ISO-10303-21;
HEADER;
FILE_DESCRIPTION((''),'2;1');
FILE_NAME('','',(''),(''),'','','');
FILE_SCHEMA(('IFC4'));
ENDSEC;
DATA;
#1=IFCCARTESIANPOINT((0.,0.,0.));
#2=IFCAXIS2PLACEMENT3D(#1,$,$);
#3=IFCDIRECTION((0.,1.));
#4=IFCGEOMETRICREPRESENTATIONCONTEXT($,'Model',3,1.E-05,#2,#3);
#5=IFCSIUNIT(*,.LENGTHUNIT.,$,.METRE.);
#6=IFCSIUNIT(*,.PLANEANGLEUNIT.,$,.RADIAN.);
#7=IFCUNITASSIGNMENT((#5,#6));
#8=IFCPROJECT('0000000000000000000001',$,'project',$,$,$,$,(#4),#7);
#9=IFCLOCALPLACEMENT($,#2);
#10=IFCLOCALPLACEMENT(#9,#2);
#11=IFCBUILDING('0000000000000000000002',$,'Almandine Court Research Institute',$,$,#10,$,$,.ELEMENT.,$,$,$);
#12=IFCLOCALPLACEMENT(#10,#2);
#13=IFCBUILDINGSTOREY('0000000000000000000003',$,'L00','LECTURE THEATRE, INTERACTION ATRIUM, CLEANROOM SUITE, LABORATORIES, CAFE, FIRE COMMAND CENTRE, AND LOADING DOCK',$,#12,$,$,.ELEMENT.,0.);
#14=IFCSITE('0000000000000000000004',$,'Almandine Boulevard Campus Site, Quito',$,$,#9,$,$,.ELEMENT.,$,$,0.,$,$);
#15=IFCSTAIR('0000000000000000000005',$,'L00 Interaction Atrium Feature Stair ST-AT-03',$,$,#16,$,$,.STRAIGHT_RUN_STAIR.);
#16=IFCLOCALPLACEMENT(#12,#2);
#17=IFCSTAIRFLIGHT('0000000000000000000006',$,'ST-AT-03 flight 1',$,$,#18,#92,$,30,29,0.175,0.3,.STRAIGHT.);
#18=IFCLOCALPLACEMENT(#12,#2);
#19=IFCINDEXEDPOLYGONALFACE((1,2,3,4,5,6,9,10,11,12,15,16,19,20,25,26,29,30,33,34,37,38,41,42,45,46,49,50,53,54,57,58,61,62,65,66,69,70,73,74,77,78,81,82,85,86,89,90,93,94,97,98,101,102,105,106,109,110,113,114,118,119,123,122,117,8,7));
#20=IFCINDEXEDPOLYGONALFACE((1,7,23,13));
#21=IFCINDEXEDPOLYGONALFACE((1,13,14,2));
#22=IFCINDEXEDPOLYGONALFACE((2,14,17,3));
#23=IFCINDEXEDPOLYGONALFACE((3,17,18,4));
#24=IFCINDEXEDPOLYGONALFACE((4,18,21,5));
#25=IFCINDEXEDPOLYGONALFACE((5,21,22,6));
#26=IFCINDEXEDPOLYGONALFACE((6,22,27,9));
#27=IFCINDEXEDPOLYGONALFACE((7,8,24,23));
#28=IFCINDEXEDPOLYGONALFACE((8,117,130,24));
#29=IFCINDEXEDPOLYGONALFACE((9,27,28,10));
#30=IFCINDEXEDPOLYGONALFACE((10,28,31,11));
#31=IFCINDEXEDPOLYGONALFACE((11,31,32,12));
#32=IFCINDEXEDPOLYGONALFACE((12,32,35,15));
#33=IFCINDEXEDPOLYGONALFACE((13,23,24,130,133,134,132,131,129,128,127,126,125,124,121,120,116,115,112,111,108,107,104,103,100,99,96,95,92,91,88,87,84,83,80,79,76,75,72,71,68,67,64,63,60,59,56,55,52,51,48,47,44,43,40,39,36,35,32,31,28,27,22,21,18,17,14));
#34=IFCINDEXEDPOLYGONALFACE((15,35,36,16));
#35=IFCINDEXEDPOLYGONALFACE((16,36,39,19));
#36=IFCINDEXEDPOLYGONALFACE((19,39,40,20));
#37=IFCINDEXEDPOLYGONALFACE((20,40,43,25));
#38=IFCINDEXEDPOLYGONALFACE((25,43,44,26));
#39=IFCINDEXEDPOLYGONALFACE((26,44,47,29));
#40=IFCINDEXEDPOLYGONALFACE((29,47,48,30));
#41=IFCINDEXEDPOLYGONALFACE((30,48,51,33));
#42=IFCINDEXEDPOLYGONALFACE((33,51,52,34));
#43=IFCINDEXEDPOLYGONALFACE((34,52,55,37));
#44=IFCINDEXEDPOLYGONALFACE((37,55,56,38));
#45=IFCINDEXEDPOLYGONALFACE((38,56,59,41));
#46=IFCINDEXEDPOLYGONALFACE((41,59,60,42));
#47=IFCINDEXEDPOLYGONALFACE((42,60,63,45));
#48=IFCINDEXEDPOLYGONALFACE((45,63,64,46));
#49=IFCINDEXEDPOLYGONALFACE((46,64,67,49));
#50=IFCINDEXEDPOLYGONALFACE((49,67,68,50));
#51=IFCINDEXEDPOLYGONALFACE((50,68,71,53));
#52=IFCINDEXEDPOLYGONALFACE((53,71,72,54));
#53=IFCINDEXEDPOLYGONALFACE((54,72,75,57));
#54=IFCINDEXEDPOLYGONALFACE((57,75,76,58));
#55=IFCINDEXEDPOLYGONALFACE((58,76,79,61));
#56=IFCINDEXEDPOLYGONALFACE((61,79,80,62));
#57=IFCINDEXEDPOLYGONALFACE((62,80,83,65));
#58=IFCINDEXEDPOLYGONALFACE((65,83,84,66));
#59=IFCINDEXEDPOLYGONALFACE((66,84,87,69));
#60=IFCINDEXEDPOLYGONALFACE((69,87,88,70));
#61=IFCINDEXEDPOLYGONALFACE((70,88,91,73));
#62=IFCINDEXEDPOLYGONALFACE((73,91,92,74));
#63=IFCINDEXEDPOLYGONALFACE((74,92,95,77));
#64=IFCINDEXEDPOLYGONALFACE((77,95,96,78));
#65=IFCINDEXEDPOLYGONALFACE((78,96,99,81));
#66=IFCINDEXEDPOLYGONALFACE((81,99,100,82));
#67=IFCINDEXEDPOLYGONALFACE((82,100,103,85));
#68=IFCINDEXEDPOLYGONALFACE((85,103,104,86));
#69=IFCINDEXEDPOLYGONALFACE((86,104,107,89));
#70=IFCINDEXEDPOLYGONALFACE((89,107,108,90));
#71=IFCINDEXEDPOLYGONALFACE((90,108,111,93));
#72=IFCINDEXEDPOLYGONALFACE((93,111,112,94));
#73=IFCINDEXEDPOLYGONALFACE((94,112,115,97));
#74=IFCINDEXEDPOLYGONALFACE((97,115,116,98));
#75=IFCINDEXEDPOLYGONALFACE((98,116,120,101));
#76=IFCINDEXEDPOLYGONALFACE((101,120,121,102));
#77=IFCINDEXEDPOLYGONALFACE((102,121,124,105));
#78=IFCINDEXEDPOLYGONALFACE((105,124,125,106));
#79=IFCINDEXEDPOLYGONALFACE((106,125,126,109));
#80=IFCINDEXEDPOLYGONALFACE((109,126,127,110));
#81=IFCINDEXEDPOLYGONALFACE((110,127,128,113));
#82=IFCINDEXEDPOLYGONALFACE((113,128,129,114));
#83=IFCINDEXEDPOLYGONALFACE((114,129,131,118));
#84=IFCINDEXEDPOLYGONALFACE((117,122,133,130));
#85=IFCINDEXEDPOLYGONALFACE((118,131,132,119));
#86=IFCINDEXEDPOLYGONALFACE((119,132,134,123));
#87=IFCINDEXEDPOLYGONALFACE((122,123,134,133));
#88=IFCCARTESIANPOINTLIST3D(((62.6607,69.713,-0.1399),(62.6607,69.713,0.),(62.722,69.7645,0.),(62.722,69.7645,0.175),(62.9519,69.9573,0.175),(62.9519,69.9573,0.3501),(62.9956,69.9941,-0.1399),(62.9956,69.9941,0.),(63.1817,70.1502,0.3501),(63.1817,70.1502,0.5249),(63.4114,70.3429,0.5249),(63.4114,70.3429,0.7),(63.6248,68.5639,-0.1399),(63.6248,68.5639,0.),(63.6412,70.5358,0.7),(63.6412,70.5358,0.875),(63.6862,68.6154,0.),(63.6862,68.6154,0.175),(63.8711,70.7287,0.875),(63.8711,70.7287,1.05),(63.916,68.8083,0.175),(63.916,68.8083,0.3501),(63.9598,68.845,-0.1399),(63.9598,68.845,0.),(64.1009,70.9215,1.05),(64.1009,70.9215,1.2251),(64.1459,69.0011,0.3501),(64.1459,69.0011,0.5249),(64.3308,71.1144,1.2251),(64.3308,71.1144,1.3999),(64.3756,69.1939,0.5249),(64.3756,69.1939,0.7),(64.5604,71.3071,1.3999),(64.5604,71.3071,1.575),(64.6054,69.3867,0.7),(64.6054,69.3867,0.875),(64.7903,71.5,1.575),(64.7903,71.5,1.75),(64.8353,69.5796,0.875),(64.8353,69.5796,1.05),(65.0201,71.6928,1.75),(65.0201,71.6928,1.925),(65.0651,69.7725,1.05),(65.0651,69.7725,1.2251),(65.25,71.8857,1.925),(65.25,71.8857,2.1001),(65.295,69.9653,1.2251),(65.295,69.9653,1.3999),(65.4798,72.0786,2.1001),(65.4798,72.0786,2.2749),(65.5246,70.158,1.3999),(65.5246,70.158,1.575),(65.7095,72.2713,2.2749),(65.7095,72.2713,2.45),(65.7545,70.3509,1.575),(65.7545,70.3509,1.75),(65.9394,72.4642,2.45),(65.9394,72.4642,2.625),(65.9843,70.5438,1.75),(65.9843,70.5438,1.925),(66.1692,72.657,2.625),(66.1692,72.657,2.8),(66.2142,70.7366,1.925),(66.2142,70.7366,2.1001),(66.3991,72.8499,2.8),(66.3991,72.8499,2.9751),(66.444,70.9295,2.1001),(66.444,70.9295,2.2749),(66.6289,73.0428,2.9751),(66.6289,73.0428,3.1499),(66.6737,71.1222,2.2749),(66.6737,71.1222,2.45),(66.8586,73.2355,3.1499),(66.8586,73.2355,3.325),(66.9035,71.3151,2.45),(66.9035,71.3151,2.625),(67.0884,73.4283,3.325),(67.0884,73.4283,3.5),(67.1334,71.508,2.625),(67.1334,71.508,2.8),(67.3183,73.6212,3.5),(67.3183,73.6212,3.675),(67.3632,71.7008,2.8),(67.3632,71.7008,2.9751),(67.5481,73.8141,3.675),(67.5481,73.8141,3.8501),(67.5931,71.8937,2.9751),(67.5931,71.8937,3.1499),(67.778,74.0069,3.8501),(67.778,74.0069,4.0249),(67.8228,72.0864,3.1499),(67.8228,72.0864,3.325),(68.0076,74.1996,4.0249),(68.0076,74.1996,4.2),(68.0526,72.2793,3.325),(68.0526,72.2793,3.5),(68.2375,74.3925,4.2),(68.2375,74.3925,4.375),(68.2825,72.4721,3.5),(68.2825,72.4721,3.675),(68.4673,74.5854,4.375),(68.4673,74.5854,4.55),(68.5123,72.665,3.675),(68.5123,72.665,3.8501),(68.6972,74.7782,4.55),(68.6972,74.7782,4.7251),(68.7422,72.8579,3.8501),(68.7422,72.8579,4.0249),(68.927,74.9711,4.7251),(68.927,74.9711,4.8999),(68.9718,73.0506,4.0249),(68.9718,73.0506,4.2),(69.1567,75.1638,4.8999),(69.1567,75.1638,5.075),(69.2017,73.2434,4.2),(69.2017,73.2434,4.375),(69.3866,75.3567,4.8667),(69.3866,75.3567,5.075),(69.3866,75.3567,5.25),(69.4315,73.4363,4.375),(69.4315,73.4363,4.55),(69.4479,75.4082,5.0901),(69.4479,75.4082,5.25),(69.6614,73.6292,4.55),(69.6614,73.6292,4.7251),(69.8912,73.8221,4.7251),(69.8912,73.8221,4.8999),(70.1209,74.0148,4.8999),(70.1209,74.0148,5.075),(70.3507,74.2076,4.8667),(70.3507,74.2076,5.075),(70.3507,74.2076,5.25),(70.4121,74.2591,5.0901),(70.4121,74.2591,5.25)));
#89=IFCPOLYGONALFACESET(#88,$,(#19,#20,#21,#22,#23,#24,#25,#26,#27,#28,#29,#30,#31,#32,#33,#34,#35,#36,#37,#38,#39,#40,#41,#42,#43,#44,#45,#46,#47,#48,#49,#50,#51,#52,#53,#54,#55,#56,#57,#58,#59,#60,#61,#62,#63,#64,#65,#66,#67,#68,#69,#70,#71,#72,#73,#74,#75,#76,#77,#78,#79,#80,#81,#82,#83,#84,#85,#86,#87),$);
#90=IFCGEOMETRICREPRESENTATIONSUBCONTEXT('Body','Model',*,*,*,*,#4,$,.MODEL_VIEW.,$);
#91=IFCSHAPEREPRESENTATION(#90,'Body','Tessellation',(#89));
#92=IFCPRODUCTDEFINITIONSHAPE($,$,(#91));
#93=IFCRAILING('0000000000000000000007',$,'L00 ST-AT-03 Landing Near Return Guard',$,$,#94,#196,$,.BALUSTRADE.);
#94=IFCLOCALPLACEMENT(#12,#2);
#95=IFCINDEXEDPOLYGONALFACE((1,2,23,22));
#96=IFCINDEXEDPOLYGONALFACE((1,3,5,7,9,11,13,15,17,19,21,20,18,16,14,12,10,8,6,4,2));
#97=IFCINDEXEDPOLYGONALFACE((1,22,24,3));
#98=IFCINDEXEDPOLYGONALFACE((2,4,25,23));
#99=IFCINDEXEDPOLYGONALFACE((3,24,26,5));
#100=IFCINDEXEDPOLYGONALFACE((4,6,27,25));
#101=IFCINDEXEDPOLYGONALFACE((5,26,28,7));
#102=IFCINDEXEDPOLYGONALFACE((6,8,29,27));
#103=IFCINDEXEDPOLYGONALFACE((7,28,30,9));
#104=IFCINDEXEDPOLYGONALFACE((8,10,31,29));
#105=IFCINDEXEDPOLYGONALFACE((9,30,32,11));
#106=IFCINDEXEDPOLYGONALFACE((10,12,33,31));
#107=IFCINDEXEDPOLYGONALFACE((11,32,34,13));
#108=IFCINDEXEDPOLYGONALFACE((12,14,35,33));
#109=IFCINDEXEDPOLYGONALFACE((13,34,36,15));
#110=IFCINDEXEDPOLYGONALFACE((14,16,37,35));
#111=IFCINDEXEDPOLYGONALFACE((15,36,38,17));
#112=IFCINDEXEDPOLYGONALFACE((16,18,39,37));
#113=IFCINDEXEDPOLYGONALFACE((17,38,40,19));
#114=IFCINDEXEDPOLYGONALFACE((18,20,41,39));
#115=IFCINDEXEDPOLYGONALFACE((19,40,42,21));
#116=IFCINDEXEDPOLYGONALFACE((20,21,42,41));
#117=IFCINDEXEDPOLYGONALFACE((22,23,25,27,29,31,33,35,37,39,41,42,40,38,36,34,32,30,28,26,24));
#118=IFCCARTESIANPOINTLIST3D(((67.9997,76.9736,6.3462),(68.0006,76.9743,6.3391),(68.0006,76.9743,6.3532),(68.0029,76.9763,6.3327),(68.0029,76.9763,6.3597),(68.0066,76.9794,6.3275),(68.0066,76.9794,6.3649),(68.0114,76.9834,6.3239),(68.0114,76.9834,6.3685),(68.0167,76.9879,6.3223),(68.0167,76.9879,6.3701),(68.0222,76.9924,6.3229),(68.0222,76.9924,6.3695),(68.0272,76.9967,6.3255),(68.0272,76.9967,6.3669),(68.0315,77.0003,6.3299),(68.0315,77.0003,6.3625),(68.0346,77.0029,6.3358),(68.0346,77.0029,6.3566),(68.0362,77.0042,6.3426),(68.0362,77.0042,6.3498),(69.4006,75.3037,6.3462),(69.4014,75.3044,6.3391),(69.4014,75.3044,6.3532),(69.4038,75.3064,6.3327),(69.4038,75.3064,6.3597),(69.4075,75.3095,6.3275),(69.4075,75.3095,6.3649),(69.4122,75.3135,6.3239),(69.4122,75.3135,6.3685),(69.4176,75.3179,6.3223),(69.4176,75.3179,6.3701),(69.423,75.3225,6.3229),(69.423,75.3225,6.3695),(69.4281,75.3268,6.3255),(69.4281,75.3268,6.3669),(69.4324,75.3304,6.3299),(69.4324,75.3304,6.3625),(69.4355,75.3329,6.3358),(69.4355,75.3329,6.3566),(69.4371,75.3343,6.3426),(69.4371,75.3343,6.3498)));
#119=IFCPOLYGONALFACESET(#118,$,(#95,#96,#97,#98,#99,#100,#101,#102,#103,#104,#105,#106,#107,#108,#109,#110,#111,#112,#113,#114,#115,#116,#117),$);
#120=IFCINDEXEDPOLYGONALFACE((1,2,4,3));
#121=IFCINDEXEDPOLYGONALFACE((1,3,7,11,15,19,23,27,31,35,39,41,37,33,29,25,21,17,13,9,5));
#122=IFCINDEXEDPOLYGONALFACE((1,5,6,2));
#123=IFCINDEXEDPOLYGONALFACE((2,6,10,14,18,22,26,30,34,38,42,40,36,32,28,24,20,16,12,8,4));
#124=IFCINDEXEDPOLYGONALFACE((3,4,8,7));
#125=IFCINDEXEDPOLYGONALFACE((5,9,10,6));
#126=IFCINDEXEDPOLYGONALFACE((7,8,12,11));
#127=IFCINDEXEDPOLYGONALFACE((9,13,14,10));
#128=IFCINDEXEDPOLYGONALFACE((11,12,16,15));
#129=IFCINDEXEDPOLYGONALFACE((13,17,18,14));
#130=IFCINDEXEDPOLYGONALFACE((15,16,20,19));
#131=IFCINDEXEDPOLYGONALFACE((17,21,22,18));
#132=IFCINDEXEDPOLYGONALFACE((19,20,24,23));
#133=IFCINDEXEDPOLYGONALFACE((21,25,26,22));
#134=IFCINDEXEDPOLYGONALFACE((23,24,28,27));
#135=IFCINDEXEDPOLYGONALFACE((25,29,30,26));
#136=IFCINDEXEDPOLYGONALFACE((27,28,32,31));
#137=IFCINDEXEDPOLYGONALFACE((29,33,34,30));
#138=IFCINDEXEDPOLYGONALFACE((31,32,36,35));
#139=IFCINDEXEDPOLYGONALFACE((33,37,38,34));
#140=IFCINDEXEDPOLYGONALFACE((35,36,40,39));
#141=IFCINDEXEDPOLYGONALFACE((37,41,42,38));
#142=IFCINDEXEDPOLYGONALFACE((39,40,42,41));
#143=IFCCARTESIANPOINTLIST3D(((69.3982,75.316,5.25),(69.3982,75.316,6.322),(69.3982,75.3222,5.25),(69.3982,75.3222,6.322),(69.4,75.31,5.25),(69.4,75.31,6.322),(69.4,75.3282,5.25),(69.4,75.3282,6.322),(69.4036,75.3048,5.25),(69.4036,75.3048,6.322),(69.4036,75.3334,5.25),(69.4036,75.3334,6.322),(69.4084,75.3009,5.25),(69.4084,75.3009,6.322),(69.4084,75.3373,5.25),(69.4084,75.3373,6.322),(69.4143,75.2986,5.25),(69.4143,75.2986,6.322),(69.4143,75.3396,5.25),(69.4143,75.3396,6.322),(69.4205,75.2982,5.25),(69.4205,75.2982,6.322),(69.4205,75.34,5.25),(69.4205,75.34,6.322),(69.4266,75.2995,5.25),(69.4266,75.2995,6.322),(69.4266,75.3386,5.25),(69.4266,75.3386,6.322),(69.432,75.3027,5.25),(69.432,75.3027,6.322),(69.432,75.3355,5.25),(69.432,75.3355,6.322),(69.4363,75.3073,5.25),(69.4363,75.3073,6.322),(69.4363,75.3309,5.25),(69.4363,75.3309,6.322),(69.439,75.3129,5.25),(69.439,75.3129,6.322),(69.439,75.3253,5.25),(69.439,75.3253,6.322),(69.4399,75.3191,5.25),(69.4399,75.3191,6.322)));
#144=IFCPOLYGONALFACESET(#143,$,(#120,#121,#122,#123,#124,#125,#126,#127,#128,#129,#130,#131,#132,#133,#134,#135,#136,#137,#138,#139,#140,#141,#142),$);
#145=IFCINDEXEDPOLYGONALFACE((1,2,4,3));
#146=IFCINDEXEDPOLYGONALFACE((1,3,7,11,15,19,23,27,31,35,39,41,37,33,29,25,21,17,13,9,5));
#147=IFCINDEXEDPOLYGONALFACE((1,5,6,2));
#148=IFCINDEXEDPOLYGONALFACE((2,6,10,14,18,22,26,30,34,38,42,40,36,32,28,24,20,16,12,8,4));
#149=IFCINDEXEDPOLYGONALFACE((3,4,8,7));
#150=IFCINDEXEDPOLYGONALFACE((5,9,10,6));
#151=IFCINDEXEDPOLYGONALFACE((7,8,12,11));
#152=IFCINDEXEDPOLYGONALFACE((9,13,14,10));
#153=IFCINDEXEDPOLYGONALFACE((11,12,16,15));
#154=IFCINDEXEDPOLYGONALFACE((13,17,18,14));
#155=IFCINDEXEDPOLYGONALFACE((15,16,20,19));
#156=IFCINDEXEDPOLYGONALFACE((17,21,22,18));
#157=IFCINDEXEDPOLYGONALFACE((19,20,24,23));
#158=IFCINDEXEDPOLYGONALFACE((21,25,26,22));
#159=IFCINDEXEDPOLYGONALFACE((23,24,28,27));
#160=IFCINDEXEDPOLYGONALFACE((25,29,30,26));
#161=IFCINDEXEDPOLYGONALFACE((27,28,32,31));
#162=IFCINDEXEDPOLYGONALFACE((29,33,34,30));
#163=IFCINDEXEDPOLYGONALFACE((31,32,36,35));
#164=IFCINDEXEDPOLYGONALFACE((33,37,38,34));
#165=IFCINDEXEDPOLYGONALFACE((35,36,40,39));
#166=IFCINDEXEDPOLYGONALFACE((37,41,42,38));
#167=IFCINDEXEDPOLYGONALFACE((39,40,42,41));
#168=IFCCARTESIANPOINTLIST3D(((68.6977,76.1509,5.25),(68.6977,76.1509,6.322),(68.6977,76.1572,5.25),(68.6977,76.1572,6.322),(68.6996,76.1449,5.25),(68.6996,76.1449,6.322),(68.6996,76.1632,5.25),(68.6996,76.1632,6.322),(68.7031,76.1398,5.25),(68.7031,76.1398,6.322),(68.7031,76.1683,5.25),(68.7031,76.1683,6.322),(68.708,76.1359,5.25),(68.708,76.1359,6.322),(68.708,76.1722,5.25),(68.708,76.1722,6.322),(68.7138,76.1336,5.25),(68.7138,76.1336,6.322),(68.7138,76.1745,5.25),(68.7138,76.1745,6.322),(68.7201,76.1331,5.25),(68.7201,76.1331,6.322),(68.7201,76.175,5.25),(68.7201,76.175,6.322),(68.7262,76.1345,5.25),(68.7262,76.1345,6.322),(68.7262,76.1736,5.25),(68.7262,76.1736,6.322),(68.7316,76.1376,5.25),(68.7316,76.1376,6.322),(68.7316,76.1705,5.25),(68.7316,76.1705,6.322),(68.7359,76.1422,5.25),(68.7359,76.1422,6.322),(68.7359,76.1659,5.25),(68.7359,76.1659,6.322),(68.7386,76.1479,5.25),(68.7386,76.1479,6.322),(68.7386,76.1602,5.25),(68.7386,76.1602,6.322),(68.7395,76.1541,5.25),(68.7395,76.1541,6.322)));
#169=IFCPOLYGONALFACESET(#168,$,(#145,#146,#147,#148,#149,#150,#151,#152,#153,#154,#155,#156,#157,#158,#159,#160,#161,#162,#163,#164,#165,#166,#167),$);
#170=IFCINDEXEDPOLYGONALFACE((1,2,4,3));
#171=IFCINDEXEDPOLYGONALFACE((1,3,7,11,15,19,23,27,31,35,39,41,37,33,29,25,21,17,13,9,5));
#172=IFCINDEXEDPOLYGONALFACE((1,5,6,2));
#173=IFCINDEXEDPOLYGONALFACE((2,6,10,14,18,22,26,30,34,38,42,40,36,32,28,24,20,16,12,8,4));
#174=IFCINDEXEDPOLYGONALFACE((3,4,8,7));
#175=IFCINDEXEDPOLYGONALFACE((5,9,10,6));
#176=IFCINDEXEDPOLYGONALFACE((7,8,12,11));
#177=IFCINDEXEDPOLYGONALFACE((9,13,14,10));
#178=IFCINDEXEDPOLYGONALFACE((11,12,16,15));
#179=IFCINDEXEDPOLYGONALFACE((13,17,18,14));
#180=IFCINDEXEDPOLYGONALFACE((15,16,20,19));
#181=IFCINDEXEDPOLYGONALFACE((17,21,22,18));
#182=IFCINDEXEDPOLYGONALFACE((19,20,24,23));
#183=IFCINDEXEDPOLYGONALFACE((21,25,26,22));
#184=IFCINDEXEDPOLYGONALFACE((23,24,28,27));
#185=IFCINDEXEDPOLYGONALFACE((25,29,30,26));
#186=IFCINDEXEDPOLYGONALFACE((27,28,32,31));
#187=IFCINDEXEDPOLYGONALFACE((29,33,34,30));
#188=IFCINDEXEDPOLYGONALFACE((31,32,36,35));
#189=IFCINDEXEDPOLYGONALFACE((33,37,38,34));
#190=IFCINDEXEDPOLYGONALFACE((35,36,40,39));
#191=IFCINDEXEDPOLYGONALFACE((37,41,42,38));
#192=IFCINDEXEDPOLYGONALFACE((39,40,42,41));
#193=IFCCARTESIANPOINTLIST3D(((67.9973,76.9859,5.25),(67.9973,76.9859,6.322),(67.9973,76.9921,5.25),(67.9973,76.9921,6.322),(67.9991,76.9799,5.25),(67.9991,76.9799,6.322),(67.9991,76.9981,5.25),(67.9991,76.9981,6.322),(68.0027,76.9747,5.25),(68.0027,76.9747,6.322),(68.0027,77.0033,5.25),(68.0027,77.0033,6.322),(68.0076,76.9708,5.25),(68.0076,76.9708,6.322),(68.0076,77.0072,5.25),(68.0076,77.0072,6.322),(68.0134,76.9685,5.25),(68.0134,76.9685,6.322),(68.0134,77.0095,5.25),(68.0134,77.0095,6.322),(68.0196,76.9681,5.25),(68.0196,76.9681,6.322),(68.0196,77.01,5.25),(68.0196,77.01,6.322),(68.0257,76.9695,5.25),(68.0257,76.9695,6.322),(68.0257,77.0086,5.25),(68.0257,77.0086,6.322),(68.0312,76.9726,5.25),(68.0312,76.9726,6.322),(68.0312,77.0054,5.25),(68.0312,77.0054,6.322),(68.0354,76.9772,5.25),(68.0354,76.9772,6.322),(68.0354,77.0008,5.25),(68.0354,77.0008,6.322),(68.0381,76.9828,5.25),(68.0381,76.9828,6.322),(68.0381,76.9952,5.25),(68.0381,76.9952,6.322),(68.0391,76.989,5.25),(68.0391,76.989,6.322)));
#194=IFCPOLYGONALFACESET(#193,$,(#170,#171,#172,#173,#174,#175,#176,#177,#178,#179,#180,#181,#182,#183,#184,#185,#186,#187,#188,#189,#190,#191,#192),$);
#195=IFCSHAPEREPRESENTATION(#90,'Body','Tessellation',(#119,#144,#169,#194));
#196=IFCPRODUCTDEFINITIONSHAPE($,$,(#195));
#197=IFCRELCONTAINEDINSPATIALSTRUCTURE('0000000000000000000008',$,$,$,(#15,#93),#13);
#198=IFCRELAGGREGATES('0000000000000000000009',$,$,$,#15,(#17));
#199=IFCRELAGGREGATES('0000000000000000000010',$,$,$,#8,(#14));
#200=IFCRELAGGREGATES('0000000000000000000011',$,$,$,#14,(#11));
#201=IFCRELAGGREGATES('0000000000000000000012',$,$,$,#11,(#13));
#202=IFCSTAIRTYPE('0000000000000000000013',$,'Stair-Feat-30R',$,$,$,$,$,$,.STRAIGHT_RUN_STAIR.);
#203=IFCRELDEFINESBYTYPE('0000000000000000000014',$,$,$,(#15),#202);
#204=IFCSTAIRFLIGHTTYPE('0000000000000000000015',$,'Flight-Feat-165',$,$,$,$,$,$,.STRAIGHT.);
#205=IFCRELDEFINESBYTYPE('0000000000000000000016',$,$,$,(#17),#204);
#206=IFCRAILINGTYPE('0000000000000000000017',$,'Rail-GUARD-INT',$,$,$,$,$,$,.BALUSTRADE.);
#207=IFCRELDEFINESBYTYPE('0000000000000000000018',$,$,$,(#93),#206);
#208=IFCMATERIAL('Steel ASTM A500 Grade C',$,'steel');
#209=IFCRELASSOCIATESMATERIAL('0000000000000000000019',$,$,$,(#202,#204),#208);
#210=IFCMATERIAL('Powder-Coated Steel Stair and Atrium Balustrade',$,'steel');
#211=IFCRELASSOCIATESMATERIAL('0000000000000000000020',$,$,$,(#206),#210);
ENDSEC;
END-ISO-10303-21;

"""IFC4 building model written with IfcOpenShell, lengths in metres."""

from ifc_helpers import new_model, si_unit, direction, frame, origin, origin_2d, place, context, subcontext, project, spatial, polyline, circle, outline, extrude, material, type_object, element, aggregate, save


model = new_model("IFC4")

# Units and contexts
model_context = context("Model", 3, precision=1e-05, world=origin(), true_north=direction((0.0, 1.0)))
body_context = subcontext(model_context, "Body", "Model", "MODEL_VIEW")
ifc_project = project(units=[si_unit("LENGTHUNIT", "METRE"), si_unit("PLANEANGLEUNIT", "RADIAN")], contexts=[model_context])

# Site, building, storey
site_placement = place(None, origin())
site = spatial("IfcSite", under=ifc_project, at=site_placement, Name="Almandine Boulevard Campus Site, Quito", CompositionType="ELEMENT", RefElevation=0.0)
building_placement = place(site_placement, origin())
building = spatial("IfcBuilding", under=site, at=building_placement, Name="Almandine Court Research Institute", CompositionType="ELEMENT")
storey_placement = place(building_placement, origin())
storey = spatial("IfcBuildingStorey", under=building, at=storey_placement, Name="L00", Description="LECTURE THEATRE, INTERACTION ATRIUM, CLEANROOM SUITE, LABORATORIES, CAFE, FIRE COMMAND CENTRE, AND LOADING DOCK", CompositionType="ELEMENT", Elevation=0.0)

# Stair, stair flight
ifc_material_1 = material(Name="Steel ASTM A500 Grade C", Category="steel")
stair_type = type_object("IfcStairType", Name="Stair-Feat-30R", PredefinedType="STRAIGHT_RUN_STAIR", material=ifc_material_1)
stair_placement = place(storey_placement, origin())
stair = element("IfcStair", 1, at=stair_placement, inside=storey, type_object=stair_type, Name="L00 Interaction Atrium Feature Stair ST-AT-03", PredefinedType="STRAIGHT_RUN_STAIR")
stair_flight_type = type_object("IfcStairFlightType", Name="Flight-Feat-165", PredefinedType="STRAIGHT", material=ifc_material_1)
stair_flight_placement = place(storey_placement, frame((63.2041, 69.1899, 0.0), z_axis=(0.0, 0.0, 1.0), x_axis=(0.766044, 0.642788, 0.0)))
stair_flight = element("IfcStairFlight", 2, at=stair_flight_placement, type_object=stair_flight_type, Name="ST-AT-03 flight 1", NumberOfRisers=30, NumberOfTreads=29, PredefinedType="STRAIGHT", RiserHeight=0.175, TreadLength=0.3, context=body_context, shape_type="SweptSolid", body=[
    extrude(outline(polyline([(-0.0801, -0.1399), (-0.0801, 0.0), (0.0, 0.0), (0.0, 0.175), (0.3, 0.175), (0.3, 0.3501), (0.6001, 0.3501), (0.6001, 0.5249), (0.8999, 0.5249), (0.8999, 0.7), (1.2, 0.7), (1.2, 0.875), (1.5, 0.875), (1.5, 1.05), (1.8, 1.05), (1.8, 1.2251), (2.1001, 1.2251), (2.1001, 1.3999), (2.3999, 1.3999), (2.3999, 1.575), (2.7, 1.575), (2.7, 1.75), (3.0, 1.75), (3.0, 1.925), (3.3, 1.925), (3.3, 2.1001), (3.6001, 2.1001), (3.6001, 2.2749), (3.8999, 2.2749), (3.8999, 2.45), (4.2, 2.45), (4.2, 2.625), (4.5, 2.625), (4.5, 2.8), (4.8, 2.8), (4.8, 2.9751), (5.1001, 2.9751), (5.1001, 3.1499), (5.3999, 3.1499), (5.3999, 3.325), (5.7, 3.325), (5.7, 3.5), (6.0, 3.5), (6.0, 3.675), (6.3, 3.675), (6.3, 3.8501), (6.6001, 3.8501), (6.6001, 4.0249), (6.8999, 4.0249), (6.8999, 4.2), (7.2, 4.2), (7.2, 4.375), (7.5, 4.375), (7.5, 4.55), (7.8, 4.55), (7.8, 4.7251), (8.1001, 4.7251), (8.1001, 4.8999), (8.3999, 4.8999), (8.3999, 5.075), (8.7, 5.075), (8.7, 5.25), (8.78, 5.25), (8.78, 5.0901), (8.7, 4.8667), (0.3572, 0.0), (0.3572, -0.1399), (-0.0801, -0.1399)])), frame((0.0, 0.75, 0.0), z_axis=(0.0, -1.0, 0.0), x_axis=(1.0, 0.0, 0.0)), (0.0, 0.0, 1.0), 1.5),
])
aggregate(stair, [stair_flight])

# Railing
ifc_material_2 = material(Name="Powder-Coated Steel Stair and Atrium Balustrade", Category="steel")
railing_type = type_object("IfcRailingType", Name="Rail-GUARD-INT", PredefinedType="BALUSTRADE", material=ifc_material_2)
railing_1_placement = place(storey_placement, frame((69.4189, 75.3191, 5.25)))
element("IfcRailing", 3, at=railing_1_placement, inside=storey, type_object=railing_type, Name="L00 ST-AT-03 Landing Near Return Guard", PredefinedType="BALUSTRADE", context=body_context, shape_type="SweptSolid", body=[
    extrude(circle(Radius=0.0239, at=origin_2d()), frame((0.0, 0.0, 1.0962), z_axis=(-0.642693, 0.766124, 0.0), x_axis=(-0.766124, -0.642693, 0.0)), (0.0, 0.0, 1.0), 2.1797),
    extrude(circle(Radius=0.021, at=origin_2d()), origin(), (0.0, 0.0, 1.0), 1.072),
    extrude(circle(Radius=0.021, at=origin_2d()), frame((-0.7004, 0.835, 0.0)), (0.0, 0.0, 1.0), 1.072),
    extrude(circle(Radius=0.021, at=origin_2d()), frame((-1.4009, 1.6699, 0.0)), (0.0, 0.0, 1.0), 1.072),
])

save(model, "model.ifc")
